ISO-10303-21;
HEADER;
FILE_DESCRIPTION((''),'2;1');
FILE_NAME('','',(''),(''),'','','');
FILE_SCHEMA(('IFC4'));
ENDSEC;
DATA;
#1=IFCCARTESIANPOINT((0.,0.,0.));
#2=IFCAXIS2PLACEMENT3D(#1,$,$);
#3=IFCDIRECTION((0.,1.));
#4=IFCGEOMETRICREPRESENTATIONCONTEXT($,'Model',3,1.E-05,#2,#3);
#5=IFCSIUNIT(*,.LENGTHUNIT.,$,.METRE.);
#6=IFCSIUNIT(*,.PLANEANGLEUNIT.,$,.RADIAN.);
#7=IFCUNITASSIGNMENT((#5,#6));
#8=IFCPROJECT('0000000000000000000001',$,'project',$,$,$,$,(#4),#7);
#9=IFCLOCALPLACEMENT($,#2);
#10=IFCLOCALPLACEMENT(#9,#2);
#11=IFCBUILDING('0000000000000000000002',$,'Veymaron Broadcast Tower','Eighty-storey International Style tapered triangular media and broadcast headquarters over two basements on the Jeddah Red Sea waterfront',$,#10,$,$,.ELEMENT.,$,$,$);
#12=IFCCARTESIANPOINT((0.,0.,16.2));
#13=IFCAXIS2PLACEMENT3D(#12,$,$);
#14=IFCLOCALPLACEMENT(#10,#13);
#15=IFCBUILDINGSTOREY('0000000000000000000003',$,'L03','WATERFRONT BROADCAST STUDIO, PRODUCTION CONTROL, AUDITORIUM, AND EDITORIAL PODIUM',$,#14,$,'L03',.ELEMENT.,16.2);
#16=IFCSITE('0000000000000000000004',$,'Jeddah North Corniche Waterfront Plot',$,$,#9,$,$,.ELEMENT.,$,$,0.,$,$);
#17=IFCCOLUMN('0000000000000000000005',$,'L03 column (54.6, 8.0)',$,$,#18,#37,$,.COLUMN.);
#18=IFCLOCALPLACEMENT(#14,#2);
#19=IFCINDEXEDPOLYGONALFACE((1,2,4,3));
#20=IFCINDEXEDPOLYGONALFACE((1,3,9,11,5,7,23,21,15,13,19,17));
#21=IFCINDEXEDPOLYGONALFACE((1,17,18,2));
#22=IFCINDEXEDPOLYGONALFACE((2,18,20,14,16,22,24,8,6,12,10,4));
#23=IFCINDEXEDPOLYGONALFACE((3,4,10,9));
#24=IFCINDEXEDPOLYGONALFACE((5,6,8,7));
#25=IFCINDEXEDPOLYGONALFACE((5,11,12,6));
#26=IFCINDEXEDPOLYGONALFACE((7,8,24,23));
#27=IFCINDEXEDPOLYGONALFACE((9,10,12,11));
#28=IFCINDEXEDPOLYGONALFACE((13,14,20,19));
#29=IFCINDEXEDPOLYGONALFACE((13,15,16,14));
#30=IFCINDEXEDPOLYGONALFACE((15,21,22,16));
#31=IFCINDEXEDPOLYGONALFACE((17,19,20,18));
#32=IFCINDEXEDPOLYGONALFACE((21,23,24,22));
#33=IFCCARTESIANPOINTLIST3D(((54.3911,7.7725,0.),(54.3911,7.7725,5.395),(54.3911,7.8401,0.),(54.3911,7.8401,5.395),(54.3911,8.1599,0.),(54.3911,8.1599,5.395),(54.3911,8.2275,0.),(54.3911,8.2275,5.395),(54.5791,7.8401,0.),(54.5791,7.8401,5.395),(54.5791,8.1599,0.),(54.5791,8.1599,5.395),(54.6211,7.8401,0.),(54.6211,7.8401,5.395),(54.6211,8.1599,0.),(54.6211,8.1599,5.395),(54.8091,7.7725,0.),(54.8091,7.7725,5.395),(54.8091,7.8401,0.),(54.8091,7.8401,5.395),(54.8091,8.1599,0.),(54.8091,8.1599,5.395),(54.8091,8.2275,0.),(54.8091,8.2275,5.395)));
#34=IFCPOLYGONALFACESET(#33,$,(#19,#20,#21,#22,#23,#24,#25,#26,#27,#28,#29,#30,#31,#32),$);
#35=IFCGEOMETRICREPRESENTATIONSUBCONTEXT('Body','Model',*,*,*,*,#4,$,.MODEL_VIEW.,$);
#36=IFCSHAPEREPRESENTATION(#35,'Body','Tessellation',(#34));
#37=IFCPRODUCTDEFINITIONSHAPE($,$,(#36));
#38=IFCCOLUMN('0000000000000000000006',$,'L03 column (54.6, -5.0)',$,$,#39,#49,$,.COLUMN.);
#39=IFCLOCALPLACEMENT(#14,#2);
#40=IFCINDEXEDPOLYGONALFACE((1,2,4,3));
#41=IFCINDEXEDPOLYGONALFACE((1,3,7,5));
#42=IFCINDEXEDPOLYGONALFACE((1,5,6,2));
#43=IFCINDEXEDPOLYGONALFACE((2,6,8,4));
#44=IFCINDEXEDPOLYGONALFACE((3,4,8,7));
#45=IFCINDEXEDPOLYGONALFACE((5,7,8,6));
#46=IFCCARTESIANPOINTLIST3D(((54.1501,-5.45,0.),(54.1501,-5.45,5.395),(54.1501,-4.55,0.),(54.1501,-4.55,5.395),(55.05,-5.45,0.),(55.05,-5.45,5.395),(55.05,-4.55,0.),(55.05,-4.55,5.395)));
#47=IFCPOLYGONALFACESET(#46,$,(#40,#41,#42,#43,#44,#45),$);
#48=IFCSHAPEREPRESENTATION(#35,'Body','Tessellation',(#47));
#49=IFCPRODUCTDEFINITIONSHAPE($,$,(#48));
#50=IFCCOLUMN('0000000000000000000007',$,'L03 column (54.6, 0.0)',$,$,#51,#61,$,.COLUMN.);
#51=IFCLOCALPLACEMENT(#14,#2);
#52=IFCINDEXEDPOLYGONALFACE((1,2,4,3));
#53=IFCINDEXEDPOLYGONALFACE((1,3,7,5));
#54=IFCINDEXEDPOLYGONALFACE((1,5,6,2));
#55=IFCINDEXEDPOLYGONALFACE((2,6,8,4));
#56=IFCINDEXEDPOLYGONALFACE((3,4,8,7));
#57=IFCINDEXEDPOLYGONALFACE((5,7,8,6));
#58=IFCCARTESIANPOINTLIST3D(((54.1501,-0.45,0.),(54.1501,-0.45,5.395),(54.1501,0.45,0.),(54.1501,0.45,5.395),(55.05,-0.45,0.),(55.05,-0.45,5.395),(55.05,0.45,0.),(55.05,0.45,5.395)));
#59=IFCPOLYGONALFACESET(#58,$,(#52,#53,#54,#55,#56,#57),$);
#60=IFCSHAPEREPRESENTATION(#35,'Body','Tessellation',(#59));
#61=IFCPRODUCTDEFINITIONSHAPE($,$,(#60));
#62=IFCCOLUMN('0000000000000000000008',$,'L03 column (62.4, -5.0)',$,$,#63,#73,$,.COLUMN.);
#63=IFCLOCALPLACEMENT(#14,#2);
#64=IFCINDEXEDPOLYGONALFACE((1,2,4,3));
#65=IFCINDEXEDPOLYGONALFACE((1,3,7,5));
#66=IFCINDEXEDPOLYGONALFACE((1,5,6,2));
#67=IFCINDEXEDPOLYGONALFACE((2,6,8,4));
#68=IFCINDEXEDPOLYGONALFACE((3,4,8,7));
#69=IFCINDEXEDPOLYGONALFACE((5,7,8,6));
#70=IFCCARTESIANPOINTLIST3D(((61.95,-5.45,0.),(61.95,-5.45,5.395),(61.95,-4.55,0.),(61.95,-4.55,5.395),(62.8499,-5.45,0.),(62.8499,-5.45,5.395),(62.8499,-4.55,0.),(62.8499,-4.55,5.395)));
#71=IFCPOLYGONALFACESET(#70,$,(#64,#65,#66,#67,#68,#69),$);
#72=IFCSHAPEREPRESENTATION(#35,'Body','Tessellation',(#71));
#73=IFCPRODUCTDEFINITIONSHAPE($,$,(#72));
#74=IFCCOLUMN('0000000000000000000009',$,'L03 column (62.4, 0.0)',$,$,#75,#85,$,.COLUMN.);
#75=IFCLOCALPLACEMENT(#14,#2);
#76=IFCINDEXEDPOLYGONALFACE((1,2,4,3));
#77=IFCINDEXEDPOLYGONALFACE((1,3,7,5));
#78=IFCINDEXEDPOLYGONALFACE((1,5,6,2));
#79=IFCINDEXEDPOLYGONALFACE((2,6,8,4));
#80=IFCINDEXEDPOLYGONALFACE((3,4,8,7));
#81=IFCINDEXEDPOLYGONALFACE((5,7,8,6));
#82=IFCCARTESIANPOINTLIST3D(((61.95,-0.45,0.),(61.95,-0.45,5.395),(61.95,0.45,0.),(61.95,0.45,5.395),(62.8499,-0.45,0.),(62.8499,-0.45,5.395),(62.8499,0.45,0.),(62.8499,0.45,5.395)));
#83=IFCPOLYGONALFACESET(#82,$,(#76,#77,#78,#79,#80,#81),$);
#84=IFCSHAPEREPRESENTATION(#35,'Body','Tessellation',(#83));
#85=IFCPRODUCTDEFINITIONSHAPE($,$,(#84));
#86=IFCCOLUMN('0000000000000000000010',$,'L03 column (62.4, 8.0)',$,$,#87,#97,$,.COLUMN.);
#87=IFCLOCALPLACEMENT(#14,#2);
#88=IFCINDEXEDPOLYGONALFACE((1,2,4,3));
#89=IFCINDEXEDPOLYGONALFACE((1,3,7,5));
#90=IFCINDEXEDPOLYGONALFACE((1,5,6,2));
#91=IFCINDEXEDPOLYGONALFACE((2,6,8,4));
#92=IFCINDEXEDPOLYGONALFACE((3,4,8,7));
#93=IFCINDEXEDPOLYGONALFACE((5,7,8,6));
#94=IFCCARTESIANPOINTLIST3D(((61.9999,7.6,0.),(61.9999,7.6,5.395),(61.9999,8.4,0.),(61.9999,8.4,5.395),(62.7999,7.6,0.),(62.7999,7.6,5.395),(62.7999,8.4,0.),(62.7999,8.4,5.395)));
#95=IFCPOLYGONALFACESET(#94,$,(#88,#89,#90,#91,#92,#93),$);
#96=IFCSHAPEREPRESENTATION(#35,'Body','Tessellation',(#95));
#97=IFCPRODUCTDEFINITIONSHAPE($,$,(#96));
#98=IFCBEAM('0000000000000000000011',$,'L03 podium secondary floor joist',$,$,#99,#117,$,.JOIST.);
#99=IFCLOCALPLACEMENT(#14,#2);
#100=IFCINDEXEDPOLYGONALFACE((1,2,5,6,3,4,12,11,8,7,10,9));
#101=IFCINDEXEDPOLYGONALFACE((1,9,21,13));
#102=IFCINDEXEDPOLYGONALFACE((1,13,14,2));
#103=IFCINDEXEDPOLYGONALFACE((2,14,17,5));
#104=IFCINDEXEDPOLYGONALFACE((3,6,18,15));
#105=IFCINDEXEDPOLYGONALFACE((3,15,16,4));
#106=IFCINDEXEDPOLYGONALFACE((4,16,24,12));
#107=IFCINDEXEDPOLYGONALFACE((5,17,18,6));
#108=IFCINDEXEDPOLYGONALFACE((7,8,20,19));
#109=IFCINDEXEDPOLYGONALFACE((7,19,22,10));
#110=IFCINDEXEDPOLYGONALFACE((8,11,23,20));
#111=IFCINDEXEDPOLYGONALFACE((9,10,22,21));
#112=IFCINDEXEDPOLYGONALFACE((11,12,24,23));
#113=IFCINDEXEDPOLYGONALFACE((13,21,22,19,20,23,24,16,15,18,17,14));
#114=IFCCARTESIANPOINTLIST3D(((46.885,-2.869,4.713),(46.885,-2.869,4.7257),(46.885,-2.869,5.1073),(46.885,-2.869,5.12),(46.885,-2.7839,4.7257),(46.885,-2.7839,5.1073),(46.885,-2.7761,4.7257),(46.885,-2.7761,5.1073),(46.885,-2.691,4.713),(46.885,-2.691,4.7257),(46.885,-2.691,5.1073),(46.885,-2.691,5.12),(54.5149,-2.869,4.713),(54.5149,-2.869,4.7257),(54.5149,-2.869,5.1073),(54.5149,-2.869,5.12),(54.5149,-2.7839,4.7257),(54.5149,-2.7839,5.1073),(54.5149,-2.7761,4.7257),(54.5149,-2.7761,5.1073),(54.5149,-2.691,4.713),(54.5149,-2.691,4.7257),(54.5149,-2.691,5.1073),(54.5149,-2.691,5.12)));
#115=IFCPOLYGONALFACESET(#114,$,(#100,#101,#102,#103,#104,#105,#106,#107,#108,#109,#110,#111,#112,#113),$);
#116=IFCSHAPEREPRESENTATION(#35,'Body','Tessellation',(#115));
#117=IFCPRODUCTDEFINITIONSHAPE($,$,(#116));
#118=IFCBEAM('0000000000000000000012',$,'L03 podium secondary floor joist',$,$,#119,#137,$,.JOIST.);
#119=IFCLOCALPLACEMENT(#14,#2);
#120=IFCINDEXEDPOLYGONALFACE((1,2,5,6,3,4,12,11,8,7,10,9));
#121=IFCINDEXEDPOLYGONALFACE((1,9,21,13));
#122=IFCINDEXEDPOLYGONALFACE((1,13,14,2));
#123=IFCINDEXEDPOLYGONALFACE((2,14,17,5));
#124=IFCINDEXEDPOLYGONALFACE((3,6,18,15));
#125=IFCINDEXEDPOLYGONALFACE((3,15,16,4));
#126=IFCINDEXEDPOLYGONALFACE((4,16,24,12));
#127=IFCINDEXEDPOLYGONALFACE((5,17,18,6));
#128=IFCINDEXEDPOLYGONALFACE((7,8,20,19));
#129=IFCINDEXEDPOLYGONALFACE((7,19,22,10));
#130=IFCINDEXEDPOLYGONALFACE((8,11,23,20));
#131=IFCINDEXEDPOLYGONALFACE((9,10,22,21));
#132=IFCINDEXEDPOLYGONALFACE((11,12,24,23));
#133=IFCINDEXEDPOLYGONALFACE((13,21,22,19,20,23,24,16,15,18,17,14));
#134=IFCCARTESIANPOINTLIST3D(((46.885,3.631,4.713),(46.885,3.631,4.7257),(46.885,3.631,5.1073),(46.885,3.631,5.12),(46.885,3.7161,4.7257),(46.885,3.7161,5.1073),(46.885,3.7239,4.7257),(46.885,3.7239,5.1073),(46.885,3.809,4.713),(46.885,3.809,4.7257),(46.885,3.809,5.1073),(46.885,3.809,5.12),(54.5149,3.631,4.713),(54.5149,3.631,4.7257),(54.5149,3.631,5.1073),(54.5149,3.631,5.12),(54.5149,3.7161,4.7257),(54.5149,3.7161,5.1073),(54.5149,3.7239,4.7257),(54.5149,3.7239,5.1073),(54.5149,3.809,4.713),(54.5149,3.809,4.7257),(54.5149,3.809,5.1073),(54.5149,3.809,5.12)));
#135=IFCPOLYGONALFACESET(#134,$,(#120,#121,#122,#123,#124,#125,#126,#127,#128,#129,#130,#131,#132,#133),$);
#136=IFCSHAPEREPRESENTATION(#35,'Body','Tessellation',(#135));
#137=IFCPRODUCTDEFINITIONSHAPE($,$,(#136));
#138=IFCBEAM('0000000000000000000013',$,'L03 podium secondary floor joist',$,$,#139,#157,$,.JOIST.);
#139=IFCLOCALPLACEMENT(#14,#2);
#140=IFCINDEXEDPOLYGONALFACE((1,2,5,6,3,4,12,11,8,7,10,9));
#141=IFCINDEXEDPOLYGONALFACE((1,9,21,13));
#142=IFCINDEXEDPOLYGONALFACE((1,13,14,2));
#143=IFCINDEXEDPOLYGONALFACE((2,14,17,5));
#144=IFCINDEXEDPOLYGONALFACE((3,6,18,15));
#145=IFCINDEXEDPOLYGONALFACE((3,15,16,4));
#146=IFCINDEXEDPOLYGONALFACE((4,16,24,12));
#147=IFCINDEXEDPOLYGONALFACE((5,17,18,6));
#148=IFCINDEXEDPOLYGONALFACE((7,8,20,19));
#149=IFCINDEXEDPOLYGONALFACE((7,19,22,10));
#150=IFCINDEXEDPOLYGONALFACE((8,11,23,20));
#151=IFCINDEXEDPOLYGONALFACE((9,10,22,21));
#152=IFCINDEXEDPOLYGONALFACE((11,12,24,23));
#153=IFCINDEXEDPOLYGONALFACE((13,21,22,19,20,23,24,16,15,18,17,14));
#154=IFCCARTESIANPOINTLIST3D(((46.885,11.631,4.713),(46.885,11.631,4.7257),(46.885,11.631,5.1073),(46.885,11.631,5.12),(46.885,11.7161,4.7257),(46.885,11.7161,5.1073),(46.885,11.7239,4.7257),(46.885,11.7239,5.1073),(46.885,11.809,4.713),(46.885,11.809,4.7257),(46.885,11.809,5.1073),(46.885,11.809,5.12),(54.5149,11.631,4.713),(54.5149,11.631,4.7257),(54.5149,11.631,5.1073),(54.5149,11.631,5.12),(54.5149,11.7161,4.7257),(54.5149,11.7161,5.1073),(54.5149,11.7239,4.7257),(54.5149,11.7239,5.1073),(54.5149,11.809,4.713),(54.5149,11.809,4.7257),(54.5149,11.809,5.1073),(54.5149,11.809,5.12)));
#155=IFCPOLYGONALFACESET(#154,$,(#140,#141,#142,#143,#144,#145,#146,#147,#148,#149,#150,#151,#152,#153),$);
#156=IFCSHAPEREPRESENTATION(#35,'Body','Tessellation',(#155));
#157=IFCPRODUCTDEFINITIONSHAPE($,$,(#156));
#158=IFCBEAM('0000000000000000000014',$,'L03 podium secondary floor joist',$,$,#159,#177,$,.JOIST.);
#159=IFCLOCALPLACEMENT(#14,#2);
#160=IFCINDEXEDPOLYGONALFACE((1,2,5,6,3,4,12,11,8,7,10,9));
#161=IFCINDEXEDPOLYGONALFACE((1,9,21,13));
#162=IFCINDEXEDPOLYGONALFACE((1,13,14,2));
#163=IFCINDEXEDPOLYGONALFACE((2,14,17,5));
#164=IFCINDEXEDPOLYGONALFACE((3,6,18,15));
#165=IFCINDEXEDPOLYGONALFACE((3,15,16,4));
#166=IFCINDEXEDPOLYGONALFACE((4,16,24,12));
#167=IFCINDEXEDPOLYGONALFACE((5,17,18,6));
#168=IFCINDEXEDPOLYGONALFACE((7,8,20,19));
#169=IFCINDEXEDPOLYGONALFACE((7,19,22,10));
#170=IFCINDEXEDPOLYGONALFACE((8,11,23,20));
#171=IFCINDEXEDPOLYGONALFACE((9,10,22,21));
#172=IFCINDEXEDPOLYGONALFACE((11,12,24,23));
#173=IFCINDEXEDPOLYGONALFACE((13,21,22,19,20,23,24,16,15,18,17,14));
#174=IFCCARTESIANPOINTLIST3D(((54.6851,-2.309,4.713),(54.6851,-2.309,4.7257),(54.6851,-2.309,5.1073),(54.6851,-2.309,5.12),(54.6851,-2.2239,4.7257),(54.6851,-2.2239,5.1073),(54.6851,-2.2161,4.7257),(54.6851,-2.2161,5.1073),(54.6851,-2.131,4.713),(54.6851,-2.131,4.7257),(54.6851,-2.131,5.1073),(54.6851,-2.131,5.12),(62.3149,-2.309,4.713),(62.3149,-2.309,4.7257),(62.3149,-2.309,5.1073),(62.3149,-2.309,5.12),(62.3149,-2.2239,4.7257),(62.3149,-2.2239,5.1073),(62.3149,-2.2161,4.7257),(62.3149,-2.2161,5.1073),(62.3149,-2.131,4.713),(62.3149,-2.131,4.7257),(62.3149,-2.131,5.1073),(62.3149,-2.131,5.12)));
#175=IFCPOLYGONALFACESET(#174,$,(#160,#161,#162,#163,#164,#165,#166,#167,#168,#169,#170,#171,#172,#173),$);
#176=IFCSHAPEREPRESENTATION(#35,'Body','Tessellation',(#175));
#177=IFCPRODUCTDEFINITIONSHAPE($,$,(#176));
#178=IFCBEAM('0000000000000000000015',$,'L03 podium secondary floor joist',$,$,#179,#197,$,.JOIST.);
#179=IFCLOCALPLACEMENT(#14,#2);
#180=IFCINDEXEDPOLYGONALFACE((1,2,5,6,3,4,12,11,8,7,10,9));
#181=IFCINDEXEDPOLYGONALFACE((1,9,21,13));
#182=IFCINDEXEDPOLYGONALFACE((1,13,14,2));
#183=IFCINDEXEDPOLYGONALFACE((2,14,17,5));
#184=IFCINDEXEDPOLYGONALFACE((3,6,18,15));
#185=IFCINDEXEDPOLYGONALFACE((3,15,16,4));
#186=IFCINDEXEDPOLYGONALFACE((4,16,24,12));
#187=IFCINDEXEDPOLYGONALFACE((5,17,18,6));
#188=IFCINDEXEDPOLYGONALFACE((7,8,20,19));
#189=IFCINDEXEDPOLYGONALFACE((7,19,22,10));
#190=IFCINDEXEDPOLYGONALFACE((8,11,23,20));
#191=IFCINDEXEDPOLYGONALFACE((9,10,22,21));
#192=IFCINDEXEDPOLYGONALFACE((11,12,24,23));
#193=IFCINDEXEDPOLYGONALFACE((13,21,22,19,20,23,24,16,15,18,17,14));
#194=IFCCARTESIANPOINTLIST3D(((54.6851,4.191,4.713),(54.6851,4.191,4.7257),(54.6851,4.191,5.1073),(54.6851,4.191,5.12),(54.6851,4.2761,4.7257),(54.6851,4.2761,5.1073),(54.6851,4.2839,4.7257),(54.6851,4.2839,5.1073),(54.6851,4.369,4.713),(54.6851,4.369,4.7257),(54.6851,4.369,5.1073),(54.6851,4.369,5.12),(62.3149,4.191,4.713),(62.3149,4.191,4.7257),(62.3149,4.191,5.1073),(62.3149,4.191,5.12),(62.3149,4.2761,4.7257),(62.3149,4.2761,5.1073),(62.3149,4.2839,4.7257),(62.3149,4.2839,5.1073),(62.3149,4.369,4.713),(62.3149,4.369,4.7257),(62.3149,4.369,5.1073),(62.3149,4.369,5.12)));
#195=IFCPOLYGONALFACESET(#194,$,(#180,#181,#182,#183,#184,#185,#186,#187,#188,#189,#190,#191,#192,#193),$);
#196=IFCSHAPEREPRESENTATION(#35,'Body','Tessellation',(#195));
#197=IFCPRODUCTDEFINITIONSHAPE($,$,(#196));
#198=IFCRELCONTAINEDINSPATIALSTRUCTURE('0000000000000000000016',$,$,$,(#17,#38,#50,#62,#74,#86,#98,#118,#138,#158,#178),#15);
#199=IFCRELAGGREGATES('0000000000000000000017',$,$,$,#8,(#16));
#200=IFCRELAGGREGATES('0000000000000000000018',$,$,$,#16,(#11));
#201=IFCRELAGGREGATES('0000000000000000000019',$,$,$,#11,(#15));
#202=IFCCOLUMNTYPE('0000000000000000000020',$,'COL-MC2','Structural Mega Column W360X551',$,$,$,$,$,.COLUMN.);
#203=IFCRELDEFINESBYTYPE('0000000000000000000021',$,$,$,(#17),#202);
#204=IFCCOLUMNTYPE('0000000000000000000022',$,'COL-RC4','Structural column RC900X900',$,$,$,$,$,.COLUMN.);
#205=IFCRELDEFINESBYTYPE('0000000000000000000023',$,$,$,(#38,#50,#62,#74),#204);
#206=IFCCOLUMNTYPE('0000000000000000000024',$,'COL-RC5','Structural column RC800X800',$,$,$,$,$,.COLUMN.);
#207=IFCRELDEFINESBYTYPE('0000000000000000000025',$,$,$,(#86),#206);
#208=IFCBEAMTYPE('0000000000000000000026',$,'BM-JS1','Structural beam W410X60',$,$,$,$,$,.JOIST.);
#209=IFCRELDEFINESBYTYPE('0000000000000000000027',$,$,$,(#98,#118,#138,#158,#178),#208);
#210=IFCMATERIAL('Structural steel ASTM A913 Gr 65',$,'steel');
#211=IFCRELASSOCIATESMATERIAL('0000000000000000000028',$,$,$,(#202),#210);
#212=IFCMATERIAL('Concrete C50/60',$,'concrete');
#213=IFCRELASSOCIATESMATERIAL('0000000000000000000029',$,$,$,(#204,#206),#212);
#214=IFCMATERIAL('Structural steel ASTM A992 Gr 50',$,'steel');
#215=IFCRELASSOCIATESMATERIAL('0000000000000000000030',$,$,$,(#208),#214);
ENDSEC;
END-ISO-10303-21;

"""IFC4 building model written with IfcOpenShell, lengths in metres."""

from ifc_helpers import new_model, si_unit, direction, frame, origin, origin_2d, place, context, subcontext, project, spatial, rectangle, i_section, extrude, material, material_profile, profile_set, type_object, element, save


model = new_model("IFC4")

# Units and contexts
model_context = context("Model", 3, precision=1e-05, world=origin(), true_north=direction((0.0, 1.0)))
body_context = subcontext(model_context, "Body", "Model", "MODEL_VIEW")
ifc_project = project(units=[si_unit("LENGTHUNIT", "METRE"), si_unit("PLANEANGLEUNIT", "RADIAN")], contexts=[model_context])

# Site, building, storey
site_placement = place(None, origin())
site = spatial("IfcSite", under=ifc_project, at=site_placement, Name="Jeddah North Corniche Waterfront Plot", CompositionType="ELEMENT", RefElevation=0.0)
building_placement = place(site_placement, origin())
building = spatial("IfcBuilding", under=site, at=building_placement, Name="Veymaron Broadcast Tower", Description="Eighty-storey International Style tapered triangular media and broadcast headquarters over two basements on the Jeddah Red Sea waterfront", CompositionType="ELEMENT")
storey_placement = place(building_placement, frame((0.0, 0.0, 16.2)))
storey = spatial("IfcBuildingStorey", under=building, at=storey_placement, Name="L03", Description="WATERFRONT BROADCAST STUDIO, PRODUCTION CONTROL, AUDITORIUM, AND EDITORIAL PODIUM", LongName="L03", CompositionType="ELEMENT", Elevation=16.2)

# Columns
ifc_material_1 = material(Name="Structural steel ASTM A913 Gr 65", Category="steel")
ifc_material_profile_1 = material_profile(ifc_material_1, i_section(OverallWidth=0.418, OverallDepth=0.4551, WebThickness=0.042, FlangeThickness=0.0676, at=origin_2d()), Name="W360X551")
ifc_profile_set_1 = profile_set([ifc_material_profile_1], Name="Structural steel ASTM A913 Gr 65")
column_type_1 = type_object("IfcColumnType", Name="COL-MC2", Description="Structural Mega Column W360X551", PredefinedType="COLUMN", material=ifc_profile_set_1)
column_1_placement = place(storey_placement, frame((54.6001, 8.0, 0.0), z_axis=(0.0, 0.0, 1.0), x_axis=(1.0, 0.0, 0.0)))
element("IfcColumn", 1, at=column_1_placement, inside=storey, type_object=column_type_1, Name="L03 column (54.6, 8.0)", PredefinedType="COLUMN", context=body_context, shape_type="SweptSolid", body=[
    extrude(i_section(OverallWidth=0.418, OverallDepth=0.4551, WebThickness=0.042, FlangeThickness=0.0676, at=origin_2d()), origin(), (0.0, 0.0, 1.0), 5.395),
])
ifc_material_2 = material(Name="Concrete C50/60", Category="concrete")
ifc_material_profile_2 = material_profile(ifc_material_2, rectangle(XDim=0.8999, YDim=0.8999, at=origin_2d()), Name="RC900X900")
ifc_profile_set_2 = profile_set([ifc_material_profile_2], Name="Concrete C50/60")
column_type_2 = type_object("IfcColumnType", Name="COL-RC4", Description="Structural column RC900X900", PredefinedType="COLUMN", material=ifc_profile_set_2)
for number, where, z_axis, x_axis, name in (
    (2, (54.6001, -5.0, 0.0), (0.0, 0.0, 1.0), (1.0, 0.0, 0.0), "L03 column (54.6, -5.0)"),
    (3, (54.6001, 0.0, 0.0), (0.0, 0.0, 1.0), (1.0, 0.0, 0.0), "L03 column (54.6, 0.0)"),
    (4, (62.3999, -5.0, 0.0), (0.0, 0.0, 1.0), (1.0, 0.0, 0.0), "L03 column (62.4, -5.0)"),
    (5, (62.3999, 0.0, 0.0), (0.0, 0.0, 1.0), (1.0, 0.0, 0.0), "L03 column (62.4, 0.0)"),
):
    element("IfcColumn", number, at=place(storey_placement, frame(where, z_axis=z_axis, x_axis=x_axis)), inside=storey, type_object=column_type_2, Name=name, PredefinedType="COLUMN", context=body_context, shape_type="SweptSolid", body=[
        extrude(rectangle(XDim=0.8999, YDim=0.8999, at=origin_2d()), origin(), (0.0, 0.0, 1.0), 5.395),
    ])
ifc_material_profile_3 = material_profile(ifc_material_2, rectangle(XDim=0.8, YDim=0.8, at=origin_2d()), Name="RC800X800")
ifc_profile_set_3 = profile_set([ifc_material_profile_3], Name="Concrete C50/60")
column_type_3 = type_object("IfcColumnType", Name="COL-RC5", Description="Structural column RC800X800", PredefinedType="COLUMN", material=ifc_profile_set_3)
column_2_placement = place(storey_placement, frame((62.3999, 8.0, 0.0), z_axis=(0.0, 0.0, 1.0), x_axis=(1.0, 0.0, 0.0)))
element("IfcColumn", 6, at=column_2_placement, inside=storey, type_object=column_type_3, Name="L03 column (62.4, 8.0)", PredefinedType="COLUMN", context=body_context, shape_type="SweptSolid", body=[
    extrude(rectangle(XDim=0.8, YDim=0.8, at=origin_2d()), origin(), (0.0, 0.0, 1.0), 5.395),
])

# Beams
ifc_material_3 = material(Name="Structural steel ASTM A992 Gr 50", Category="steel")
ifc_material_profile_4 = material_profile(ifc_material_3, i_section(OverallWidth=0.178, OverallDepth=0.407, WebThickness=0.0078, FlangeThickness=0.0127, at=origin_2d()), Name="W410X60")
ifc_profile_set_4 = profile_set([ifc_material_profile_4], Name="Structural steel ASTM A992 Gr 50")
beam_type_1 = type_object("IfcBeamType", Name="BM-JS1", Description="Structural beam W410X60", PredefinedType="JOIST", material=ifc_profile_set_4)
for number, where, z_axis, x_axis, name in (
    (7, (46.885, -2.78, 4.9165), (1.0, 0.0, 0.0), (0.0, 1.0, 0.0), "L03 podium secondary floor joist"),
    (8, (46.885, 3.72, 4.9165), (1.0, 0.0, 0.0), (0.0, 1.0, 0.0), "L03 podium secondary floor joist"),
    (9, (46.885, 11.72, 4.9165), (1.0, 0.0, 0.0), (0.0, 1.0, 0.0), "L03 podium secondary floor joist"),
    (10, (54.6851, -2.22, 4.9165), (1.0, 0.0, 0.0), (0.0, 1.0, 0.0), "L03 podium secondary floor joist"),
    (11, (54.6851, 4.28, 4.9165), (1.0, 0.0, 0.0), (0.0, 1.0, 0.0), "L03 podium secondary floor joist"),
):
    element("IfcBeam", number, at=place(storey_placement, frame(where, z_axis=z_axis, x_axis=x_axis)), inside=storey, type_object=beam_type_1, Name=name, PredefinedType="JOIST", context=body_context, shape_type="SweptSolid", body=[
        extrude(i_section(OverallWidth=0.178, OverallDepth=0.407, WebThickness=0.0078, FlangeThickness=0.0127, at=origin_2d()), origin(), (0.0, 0.0, 1.0), 7.6299),
    ])

save(model, "model.ifc")
